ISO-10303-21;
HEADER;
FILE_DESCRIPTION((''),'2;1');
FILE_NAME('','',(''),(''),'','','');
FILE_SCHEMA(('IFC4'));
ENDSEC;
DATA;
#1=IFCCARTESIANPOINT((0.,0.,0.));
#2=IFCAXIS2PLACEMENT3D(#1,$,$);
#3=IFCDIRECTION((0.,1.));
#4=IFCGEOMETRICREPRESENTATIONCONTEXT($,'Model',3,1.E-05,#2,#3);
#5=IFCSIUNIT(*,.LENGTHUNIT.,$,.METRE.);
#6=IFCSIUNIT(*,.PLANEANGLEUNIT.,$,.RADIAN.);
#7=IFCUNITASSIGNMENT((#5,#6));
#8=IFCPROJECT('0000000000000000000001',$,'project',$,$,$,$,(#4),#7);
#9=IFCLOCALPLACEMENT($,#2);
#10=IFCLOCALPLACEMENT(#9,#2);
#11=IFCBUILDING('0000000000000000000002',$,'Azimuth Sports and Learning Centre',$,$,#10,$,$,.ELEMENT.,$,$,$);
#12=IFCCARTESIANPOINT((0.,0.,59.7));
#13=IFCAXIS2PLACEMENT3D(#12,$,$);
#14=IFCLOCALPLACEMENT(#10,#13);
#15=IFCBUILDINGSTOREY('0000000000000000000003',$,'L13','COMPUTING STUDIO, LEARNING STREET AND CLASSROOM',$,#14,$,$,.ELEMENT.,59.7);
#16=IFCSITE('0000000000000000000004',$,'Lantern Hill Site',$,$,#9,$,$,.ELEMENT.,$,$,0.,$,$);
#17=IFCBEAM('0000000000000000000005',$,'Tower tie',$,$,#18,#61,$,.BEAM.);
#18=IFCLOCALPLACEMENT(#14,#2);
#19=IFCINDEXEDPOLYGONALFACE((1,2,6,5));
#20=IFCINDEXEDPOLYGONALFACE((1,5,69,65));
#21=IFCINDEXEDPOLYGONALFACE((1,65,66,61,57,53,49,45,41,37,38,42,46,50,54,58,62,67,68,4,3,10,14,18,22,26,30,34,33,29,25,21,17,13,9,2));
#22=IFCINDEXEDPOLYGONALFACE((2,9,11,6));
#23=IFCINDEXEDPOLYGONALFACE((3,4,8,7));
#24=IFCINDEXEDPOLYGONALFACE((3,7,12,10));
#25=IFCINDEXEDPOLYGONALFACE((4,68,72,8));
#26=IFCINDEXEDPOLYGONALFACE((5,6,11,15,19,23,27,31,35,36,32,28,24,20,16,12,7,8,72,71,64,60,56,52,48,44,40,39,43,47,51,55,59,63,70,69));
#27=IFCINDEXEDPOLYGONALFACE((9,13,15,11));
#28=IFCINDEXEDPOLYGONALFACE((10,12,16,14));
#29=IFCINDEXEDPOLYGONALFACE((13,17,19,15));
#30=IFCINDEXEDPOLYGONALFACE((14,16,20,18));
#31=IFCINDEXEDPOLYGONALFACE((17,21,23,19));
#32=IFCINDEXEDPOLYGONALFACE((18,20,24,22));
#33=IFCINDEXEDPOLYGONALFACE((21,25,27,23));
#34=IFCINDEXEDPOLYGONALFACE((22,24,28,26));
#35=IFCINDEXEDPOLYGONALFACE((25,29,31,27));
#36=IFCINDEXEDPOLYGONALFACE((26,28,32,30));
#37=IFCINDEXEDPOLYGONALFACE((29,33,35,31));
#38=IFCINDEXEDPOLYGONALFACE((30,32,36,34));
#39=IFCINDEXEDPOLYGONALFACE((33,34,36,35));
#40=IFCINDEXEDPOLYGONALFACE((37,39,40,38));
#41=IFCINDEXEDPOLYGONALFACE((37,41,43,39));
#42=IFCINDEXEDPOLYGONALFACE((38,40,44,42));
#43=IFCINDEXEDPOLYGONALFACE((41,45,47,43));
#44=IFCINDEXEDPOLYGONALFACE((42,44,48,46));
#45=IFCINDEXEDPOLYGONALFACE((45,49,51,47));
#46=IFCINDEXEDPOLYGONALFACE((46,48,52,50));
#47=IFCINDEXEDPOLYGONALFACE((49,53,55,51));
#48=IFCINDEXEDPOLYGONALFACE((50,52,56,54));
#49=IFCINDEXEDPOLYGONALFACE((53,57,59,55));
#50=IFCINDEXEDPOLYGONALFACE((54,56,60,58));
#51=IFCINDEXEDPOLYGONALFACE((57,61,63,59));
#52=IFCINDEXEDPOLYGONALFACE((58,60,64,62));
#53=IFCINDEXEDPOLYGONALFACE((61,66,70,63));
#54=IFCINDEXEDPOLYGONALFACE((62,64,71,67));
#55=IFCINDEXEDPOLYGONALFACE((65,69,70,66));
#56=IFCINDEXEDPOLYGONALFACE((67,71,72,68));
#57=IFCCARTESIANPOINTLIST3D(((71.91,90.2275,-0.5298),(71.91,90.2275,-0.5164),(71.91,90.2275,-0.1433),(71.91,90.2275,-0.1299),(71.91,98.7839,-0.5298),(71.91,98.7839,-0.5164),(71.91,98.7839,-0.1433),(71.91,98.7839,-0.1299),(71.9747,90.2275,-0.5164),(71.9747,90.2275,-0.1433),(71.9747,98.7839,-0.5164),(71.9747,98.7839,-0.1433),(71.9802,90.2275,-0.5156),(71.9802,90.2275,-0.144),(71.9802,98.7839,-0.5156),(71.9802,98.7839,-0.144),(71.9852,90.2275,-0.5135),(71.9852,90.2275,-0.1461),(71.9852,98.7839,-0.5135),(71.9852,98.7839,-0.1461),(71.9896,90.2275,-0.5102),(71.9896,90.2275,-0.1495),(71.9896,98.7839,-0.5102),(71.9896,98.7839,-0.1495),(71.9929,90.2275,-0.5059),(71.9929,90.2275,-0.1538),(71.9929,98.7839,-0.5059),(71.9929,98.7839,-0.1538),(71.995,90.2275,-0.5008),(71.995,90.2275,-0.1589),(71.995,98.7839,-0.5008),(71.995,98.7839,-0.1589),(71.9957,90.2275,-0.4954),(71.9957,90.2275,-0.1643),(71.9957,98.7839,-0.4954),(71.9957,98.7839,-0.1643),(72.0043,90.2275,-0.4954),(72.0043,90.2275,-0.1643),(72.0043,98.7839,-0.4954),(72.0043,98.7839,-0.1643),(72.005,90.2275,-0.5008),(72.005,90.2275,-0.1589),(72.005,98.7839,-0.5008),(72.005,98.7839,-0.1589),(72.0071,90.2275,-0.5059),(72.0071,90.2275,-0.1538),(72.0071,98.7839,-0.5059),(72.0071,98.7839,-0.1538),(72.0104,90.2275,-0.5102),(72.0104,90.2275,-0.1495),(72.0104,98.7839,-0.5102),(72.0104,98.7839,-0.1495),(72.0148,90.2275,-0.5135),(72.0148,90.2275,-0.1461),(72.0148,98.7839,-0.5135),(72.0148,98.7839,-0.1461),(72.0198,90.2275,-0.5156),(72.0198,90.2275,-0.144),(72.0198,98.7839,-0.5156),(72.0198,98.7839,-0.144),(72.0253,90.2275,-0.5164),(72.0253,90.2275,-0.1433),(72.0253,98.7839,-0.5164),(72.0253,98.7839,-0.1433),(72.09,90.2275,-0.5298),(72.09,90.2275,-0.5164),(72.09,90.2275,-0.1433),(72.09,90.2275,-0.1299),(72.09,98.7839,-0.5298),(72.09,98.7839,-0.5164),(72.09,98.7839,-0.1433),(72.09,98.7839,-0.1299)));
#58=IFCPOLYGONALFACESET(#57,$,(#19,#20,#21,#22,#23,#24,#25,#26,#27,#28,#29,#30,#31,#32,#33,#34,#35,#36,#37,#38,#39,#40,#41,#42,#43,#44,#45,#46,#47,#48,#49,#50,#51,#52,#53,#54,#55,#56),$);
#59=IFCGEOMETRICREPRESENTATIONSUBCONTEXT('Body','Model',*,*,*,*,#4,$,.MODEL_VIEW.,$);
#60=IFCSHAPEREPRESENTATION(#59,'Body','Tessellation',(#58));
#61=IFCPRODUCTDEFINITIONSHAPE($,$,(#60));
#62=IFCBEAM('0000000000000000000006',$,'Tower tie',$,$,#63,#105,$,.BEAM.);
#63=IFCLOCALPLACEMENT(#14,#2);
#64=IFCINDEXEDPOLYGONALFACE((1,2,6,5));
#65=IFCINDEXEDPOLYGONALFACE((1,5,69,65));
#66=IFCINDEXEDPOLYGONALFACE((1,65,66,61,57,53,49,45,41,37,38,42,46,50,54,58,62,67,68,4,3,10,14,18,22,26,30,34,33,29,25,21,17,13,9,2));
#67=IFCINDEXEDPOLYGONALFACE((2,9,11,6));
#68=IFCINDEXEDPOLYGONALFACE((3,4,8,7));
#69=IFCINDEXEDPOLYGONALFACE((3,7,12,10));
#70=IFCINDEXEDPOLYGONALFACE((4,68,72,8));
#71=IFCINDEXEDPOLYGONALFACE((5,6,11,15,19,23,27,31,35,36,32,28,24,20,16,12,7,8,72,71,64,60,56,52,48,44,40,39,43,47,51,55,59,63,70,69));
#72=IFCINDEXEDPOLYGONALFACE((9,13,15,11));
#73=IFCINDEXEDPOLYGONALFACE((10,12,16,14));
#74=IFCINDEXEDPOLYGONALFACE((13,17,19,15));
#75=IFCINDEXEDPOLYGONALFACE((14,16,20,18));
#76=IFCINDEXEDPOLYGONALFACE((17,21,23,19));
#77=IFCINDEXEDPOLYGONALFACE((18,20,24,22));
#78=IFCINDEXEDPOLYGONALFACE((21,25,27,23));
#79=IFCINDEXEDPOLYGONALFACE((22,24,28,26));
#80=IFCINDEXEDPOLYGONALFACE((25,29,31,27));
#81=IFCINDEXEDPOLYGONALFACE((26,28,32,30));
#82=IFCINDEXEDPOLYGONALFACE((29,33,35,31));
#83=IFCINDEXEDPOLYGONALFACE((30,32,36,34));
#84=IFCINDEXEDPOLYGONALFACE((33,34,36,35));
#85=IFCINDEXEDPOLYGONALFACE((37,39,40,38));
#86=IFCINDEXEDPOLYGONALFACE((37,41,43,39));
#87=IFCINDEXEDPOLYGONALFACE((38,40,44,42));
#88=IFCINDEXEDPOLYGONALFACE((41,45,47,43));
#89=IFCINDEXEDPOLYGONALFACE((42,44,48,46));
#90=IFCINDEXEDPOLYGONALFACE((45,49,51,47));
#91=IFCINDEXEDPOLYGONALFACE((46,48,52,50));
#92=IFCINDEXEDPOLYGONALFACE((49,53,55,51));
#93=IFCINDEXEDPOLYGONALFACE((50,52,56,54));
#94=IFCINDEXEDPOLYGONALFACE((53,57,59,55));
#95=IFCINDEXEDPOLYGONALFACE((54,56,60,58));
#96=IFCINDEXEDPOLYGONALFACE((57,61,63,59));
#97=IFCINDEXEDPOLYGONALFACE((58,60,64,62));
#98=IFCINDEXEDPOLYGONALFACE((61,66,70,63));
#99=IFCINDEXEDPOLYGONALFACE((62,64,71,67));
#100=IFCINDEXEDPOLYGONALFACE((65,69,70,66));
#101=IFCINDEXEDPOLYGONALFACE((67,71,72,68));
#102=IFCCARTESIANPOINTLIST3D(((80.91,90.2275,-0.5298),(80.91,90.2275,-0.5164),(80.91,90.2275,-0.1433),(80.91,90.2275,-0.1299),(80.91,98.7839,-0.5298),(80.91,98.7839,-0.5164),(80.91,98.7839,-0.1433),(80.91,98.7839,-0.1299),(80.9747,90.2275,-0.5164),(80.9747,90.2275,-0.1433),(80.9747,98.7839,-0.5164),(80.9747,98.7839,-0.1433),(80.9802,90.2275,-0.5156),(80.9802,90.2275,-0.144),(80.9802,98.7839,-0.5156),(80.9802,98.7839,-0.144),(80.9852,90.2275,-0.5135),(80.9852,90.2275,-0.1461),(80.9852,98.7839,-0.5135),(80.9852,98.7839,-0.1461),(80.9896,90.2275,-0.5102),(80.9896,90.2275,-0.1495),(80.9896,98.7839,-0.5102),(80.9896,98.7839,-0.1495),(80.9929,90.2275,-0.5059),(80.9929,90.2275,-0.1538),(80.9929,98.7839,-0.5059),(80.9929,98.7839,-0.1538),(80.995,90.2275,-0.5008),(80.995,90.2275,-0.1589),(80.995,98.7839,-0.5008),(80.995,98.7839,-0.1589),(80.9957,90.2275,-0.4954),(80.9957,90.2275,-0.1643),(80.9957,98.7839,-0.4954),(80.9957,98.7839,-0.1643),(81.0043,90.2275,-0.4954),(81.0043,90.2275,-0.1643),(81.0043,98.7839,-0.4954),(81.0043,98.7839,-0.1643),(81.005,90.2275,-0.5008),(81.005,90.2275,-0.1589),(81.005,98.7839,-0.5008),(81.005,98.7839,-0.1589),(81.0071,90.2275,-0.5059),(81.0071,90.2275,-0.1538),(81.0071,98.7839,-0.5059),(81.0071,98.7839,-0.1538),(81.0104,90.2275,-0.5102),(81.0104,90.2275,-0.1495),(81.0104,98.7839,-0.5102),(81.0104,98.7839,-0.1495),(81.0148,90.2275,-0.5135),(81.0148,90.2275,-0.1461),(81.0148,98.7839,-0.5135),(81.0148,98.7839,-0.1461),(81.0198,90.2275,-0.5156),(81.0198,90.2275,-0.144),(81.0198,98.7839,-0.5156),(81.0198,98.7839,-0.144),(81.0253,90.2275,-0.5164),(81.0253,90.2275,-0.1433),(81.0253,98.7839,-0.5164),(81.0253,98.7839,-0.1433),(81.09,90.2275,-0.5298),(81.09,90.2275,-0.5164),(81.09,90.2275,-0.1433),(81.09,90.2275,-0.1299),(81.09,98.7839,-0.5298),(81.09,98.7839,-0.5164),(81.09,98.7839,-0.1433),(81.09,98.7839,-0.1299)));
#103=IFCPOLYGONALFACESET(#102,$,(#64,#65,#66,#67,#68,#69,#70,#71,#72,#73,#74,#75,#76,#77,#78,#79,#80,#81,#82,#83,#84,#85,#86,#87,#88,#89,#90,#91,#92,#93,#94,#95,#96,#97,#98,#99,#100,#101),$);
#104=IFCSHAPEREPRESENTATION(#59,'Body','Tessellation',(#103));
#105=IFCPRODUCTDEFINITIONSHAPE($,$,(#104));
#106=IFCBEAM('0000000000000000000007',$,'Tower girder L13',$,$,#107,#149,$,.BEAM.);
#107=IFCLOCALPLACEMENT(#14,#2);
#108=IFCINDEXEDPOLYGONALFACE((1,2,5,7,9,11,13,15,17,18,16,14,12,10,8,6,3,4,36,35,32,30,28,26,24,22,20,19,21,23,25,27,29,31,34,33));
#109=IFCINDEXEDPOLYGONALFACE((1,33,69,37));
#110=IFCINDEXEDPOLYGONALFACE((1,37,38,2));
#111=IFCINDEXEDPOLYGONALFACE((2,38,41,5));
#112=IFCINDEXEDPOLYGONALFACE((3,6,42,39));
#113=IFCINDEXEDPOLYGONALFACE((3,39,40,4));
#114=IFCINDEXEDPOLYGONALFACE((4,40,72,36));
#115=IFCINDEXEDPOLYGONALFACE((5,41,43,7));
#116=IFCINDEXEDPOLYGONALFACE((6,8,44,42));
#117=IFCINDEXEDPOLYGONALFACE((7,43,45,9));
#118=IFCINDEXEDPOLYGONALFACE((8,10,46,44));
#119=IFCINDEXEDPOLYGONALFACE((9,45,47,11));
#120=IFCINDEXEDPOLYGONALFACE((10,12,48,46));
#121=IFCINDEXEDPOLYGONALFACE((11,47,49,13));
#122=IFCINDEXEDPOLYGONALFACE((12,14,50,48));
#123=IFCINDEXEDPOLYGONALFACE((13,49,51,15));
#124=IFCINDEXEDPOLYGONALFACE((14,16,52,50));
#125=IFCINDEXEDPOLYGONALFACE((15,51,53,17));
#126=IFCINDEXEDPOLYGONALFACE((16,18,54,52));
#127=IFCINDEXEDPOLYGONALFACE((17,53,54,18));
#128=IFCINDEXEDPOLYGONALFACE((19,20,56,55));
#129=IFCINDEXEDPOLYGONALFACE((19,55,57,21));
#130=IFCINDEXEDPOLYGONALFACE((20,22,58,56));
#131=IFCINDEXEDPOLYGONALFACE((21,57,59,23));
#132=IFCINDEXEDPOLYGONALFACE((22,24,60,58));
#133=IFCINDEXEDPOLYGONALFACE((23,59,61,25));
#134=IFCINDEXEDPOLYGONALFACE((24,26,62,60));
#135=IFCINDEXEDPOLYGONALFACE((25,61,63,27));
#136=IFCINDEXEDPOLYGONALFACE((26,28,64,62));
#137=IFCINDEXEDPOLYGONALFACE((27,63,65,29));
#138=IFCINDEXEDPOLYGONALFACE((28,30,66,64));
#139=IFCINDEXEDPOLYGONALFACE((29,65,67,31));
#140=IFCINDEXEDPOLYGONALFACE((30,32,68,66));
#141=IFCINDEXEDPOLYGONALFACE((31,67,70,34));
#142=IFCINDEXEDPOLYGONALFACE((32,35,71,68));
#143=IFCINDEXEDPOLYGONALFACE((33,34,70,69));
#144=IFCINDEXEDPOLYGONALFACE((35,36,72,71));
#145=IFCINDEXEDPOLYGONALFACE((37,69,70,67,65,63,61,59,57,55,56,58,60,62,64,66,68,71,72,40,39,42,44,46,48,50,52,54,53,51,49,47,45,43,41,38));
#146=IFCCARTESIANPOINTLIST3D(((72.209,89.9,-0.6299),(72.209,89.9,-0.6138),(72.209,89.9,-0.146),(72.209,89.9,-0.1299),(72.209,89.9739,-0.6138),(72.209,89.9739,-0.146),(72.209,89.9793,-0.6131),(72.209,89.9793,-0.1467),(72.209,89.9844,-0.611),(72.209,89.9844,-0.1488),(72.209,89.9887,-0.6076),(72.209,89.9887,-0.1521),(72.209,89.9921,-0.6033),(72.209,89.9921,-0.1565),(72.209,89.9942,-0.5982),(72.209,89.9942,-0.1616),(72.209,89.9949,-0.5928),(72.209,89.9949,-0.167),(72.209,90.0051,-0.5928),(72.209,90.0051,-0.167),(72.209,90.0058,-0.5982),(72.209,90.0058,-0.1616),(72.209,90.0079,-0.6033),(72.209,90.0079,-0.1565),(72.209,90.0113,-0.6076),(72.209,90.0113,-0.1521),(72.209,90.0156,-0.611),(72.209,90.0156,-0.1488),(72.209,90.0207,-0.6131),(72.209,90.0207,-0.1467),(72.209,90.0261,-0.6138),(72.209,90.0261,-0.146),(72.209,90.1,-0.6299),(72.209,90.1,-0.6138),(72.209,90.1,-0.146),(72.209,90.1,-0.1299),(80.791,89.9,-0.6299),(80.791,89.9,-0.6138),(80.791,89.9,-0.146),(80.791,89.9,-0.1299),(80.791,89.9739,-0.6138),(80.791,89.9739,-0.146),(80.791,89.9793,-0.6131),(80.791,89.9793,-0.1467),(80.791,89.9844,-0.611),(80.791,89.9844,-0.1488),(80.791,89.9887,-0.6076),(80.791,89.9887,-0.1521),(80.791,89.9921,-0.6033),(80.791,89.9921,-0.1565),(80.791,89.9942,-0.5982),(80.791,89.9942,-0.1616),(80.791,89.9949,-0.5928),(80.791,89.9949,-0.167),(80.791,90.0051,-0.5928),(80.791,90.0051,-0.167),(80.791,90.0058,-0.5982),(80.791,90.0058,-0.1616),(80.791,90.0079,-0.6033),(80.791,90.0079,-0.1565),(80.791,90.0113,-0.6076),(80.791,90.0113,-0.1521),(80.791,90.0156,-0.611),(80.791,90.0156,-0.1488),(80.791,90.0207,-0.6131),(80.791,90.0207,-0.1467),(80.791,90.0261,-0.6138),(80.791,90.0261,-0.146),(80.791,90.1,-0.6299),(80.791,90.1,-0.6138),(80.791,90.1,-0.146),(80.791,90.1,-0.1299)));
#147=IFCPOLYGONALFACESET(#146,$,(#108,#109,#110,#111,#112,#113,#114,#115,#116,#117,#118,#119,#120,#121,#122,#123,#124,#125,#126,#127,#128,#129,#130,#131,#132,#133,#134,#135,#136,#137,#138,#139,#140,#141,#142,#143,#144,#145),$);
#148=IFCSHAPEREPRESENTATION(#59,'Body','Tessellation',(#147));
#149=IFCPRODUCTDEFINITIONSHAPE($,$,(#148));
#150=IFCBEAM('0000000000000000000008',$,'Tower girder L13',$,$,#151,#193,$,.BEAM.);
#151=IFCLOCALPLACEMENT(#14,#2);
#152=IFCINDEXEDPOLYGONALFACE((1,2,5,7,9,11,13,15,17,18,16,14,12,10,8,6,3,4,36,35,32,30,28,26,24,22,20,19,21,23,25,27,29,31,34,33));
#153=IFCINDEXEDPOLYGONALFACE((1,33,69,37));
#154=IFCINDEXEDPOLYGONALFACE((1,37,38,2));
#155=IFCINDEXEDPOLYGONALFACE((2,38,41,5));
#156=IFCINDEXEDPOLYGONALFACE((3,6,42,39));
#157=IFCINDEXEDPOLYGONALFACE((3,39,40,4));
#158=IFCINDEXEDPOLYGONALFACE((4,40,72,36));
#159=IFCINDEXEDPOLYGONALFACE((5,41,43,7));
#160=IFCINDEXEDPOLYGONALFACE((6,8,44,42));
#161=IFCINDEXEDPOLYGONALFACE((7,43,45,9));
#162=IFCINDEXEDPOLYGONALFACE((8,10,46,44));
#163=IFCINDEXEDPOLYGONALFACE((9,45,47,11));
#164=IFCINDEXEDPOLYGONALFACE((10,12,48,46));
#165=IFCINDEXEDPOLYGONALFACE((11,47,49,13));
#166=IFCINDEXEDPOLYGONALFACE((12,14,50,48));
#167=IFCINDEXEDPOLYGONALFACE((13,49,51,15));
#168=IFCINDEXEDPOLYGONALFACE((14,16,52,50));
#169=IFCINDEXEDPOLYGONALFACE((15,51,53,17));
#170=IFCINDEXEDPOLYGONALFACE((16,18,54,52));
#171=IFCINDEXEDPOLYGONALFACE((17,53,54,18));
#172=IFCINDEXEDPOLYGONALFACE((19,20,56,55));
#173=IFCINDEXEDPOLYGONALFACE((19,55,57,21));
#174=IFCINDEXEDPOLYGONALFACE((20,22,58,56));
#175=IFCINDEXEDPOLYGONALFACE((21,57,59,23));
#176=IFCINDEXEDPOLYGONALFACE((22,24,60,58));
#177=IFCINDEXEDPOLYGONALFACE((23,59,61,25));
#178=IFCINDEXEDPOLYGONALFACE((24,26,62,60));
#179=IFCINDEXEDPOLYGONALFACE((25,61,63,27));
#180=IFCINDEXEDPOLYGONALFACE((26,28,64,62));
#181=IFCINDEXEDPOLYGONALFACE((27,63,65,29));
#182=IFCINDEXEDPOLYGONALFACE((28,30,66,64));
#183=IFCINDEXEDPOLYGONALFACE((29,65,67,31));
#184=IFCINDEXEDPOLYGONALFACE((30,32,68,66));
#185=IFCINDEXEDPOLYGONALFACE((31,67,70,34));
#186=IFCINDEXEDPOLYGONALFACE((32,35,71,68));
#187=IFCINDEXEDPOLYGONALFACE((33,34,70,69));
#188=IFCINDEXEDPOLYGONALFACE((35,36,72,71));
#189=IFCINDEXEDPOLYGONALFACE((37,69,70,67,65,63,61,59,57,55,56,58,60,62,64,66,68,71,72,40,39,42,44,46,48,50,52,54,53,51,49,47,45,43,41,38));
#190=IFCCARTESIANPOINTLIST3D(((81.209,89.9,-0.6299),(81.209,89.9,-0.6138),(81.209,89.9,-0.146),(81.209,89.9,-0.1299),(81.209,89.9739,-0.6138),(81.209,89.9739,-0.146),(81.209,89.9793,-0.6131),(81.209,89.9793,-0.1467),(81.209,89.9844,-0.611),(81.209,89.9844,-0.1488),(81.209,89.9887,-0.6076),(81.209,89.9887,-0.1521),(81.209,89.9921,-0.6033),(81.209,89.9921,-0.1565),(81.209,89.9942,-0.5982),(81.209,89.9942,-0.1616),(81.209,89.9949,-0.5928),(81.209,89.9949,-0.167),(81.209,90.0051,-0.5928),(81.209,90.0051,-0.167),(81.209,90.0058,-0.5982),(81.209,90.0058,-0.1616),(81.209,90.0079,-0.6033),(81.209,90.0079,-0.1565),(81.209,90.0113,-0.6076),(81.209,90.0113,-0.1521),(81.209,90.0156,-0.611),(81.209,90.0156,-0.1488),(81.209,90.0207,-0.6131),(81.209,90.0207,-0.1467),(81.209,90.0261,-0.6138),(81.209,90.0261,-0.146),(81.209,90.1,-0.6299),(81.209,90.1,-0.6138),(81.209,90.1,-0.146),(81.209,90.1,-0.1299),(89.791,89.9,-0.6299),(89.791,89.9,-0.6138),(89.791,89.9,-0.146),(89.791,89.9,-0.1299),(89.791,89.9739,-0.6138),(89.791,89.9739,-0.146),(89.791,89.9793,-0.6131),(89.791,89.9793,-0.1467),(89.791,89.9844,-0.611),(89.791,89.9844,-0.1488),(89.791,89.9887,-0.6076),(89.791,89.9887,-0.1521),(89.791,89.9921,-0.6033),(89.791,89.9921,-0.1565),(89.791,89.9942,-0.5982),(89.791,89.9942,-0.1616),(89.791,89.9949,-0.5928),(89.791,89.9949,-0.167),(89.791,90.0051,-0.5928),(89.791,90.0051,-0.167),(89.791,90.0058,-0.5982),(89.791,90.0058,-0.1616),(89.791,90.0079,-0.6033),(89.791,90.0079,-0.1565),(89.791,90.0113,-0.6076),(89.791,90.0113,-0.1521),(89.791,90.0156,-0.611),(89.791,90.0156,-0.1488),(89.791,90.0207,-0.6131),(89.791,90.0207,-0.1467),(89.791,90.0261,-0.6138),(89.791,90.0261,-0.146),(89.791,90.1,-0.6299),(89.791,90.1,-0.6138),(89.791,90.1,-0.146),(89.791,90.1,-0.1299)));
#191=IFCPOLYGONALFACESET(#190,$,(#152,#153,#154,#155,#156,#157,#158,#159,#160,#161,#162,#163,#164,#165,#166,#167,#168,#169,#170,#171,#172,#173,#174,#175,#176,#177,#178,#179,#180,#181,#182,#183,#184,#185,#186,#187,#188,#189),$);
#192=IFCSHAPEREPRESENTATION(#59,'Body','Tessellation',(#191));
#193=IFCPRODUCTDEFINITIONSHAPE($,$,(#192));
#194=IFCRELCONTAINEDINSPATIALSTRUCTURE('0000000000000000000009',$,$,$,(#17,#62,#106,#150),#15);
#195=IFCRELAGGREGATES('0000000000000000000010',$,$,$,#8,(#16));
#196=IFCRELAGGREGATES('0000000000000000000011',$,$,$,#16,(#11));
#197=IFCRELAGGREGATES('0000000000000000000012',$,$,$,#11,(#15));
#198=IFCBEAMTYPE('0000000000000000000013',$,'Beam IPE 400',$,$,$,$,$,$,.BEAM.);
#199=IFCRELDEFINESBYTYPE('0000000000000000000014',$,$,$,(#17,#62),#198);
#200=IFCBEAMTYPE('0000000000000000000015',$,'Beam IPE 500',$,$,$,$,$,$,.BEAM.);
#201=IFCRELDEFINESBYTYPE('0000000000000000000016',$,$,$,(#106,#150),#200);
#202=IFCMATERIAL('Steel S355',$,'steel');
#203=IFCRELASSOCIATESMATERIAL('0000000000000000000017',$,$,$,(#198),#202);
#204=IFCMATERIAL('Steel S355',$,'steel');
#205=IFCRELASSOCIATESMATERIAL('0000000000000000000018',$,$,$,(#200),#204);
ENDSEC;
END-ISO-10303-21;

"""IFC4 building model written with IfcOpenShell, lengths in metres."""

from ifc_helpers import new_model, si_unit, direction, frame, origin, origin_2d, place, context, subcontext, project, spatial, i_section, extrude, material, material_profile, profile_set, type_object, element, save


model = new_model("IFC4")

# Units and contexts
model_context = context("Model", 3, precision=1e-05, world=origin(), true_north=direction((0.0, 1.0)))
body_context = subcontext(model_context, "Body", "Model", "MODEL_VIEW")
ifc_project = project(units=[si_unit("LENGTHUNIT", "METRE"), si_unit("PLANEANGLEUNIT", "RADIAN")], contexts=[model_context])

# Site, building, storey
site_placement = place(None, origin())
site = spatial("IfcSite", under=ifc_project, at=site_placement, Name="Lantern Hill Site", CompositionType="ELEMENT", RefElevation=0.0)
building_placement = place(site_placement, origin())
building = spatial("IfcBuilding", under=site, at=building_placement, Name="Azimuth Sports and Learning Centre", CompositionType="ELEMENT")
storey_placement = place(building_placement, frame((0.0, 0.0, 59.7)))
storey = spatial("IfcBuildingStorey", under=building, at=storey_placement, Name="L13", Description="COMPUTING STUDIO, LEARNING STREET AND CLASSROOM", CompositionType="ELEMENT", Elevation=59.7)

# Beams
ifc_material_1 = material(Name="Steel S355", Category="steel")
ifc_material_profile_1 = material_profile(ifc_material_1, i_section(OverallWidth=0.1799, OverallDepth=0.3999, WebThickness=0.0085, FlangeThickness=0.0134, FilletRadius=0.021, at=origin_2d()), Name="IPE 400")
ifc_profile_set_1 = profile_set([ifc_material_profile_1], Name="Steel S355")
beam_type_1 = type_object("IfcBeamType", Name="Beam IPE 400", PredefinedType="BEAM", material=ifc_profile_set_1)
for number, where, z_axis, x_axis, name in (
    (1, (72.0, 90.2275, -0.3298), (0.0, 1.0, 0.0), (-1.0, 0.0, 0.0), "Tower tie"),
    (2, (81.0, 90.2275, -0.3298), (0.0, 1.0, 0.0), (-1.0, 0.0, 0.0), "Tower tie"),
):
    element("IfcBeam", number, at=place(storey_placement, frame(where, z_axis=z_axis, x_axis=x_axis)), inside=storey, type_object=beam_type_1, Name=name, PredefinedType="BEAM", context=body_context, shape_type="SweptSolid", body=[
        extrude(i_section(OverallWidth=0.1799, OverallDepth=0.3999, WebThickness=0.0085, FlangeThickness=0.0134, FilletRadius=0.021, at=origin_2d()), origin(), (0.0, 0.0, 1.0), 8.5564),
    ])
ifc_material_2 = material(Name="Steel S355", Category="steel")
ifc_material_profile_2 = material_profile(ifc_material_2, i_section(OverallWidth=0.2, OverallDepth=0.5, WebThickness=0.0103, FlangeThickness=0.0161, FilletRadius=0.021, at=origin_2d()), Name="IPE 500")
ifc_profile_set_2 = profile_set([ifc_material_profile_2], Name="Steel S355")
beam_type_2 = type_object("IfcBeamType", Name="Beam IPE 500", PredefinedType="BEAM", material=ifc_profile_set_2)
for number, where, z_axis, x_axis, name in (
    (3, (72.209, 90.0, -0.3799), (1.0, 0.0, 0.0), (0.0, 1.0, 0.0), "Tower girder L13"),
    (4, (81.209, 90.0, -0.3799), (1.0, 0.0, 0.0), (0.0, 1.0, 0.0), "Tower girder L13"),
):
    element("IfcBeam", number, at=place(storey_placement, frame(where, z_axis=z_axis, x_axis=x_axis)), inside=storey, type_object=beam_type_2, Name=name, PredefinedType="BEAM", context=body_context, shape_type="SweptSolid", body=[
        extrude(i_section(OverallWidth=0.2, OverallDepth=0.5, WebThickness=0.0103, FlangeThickness=0.0161, FilletRadius=0.021, at=origin_2d()), origin(), (0.0, 0.0, 1.0), 8.582),
    ])

save(model, "model.ifc")
